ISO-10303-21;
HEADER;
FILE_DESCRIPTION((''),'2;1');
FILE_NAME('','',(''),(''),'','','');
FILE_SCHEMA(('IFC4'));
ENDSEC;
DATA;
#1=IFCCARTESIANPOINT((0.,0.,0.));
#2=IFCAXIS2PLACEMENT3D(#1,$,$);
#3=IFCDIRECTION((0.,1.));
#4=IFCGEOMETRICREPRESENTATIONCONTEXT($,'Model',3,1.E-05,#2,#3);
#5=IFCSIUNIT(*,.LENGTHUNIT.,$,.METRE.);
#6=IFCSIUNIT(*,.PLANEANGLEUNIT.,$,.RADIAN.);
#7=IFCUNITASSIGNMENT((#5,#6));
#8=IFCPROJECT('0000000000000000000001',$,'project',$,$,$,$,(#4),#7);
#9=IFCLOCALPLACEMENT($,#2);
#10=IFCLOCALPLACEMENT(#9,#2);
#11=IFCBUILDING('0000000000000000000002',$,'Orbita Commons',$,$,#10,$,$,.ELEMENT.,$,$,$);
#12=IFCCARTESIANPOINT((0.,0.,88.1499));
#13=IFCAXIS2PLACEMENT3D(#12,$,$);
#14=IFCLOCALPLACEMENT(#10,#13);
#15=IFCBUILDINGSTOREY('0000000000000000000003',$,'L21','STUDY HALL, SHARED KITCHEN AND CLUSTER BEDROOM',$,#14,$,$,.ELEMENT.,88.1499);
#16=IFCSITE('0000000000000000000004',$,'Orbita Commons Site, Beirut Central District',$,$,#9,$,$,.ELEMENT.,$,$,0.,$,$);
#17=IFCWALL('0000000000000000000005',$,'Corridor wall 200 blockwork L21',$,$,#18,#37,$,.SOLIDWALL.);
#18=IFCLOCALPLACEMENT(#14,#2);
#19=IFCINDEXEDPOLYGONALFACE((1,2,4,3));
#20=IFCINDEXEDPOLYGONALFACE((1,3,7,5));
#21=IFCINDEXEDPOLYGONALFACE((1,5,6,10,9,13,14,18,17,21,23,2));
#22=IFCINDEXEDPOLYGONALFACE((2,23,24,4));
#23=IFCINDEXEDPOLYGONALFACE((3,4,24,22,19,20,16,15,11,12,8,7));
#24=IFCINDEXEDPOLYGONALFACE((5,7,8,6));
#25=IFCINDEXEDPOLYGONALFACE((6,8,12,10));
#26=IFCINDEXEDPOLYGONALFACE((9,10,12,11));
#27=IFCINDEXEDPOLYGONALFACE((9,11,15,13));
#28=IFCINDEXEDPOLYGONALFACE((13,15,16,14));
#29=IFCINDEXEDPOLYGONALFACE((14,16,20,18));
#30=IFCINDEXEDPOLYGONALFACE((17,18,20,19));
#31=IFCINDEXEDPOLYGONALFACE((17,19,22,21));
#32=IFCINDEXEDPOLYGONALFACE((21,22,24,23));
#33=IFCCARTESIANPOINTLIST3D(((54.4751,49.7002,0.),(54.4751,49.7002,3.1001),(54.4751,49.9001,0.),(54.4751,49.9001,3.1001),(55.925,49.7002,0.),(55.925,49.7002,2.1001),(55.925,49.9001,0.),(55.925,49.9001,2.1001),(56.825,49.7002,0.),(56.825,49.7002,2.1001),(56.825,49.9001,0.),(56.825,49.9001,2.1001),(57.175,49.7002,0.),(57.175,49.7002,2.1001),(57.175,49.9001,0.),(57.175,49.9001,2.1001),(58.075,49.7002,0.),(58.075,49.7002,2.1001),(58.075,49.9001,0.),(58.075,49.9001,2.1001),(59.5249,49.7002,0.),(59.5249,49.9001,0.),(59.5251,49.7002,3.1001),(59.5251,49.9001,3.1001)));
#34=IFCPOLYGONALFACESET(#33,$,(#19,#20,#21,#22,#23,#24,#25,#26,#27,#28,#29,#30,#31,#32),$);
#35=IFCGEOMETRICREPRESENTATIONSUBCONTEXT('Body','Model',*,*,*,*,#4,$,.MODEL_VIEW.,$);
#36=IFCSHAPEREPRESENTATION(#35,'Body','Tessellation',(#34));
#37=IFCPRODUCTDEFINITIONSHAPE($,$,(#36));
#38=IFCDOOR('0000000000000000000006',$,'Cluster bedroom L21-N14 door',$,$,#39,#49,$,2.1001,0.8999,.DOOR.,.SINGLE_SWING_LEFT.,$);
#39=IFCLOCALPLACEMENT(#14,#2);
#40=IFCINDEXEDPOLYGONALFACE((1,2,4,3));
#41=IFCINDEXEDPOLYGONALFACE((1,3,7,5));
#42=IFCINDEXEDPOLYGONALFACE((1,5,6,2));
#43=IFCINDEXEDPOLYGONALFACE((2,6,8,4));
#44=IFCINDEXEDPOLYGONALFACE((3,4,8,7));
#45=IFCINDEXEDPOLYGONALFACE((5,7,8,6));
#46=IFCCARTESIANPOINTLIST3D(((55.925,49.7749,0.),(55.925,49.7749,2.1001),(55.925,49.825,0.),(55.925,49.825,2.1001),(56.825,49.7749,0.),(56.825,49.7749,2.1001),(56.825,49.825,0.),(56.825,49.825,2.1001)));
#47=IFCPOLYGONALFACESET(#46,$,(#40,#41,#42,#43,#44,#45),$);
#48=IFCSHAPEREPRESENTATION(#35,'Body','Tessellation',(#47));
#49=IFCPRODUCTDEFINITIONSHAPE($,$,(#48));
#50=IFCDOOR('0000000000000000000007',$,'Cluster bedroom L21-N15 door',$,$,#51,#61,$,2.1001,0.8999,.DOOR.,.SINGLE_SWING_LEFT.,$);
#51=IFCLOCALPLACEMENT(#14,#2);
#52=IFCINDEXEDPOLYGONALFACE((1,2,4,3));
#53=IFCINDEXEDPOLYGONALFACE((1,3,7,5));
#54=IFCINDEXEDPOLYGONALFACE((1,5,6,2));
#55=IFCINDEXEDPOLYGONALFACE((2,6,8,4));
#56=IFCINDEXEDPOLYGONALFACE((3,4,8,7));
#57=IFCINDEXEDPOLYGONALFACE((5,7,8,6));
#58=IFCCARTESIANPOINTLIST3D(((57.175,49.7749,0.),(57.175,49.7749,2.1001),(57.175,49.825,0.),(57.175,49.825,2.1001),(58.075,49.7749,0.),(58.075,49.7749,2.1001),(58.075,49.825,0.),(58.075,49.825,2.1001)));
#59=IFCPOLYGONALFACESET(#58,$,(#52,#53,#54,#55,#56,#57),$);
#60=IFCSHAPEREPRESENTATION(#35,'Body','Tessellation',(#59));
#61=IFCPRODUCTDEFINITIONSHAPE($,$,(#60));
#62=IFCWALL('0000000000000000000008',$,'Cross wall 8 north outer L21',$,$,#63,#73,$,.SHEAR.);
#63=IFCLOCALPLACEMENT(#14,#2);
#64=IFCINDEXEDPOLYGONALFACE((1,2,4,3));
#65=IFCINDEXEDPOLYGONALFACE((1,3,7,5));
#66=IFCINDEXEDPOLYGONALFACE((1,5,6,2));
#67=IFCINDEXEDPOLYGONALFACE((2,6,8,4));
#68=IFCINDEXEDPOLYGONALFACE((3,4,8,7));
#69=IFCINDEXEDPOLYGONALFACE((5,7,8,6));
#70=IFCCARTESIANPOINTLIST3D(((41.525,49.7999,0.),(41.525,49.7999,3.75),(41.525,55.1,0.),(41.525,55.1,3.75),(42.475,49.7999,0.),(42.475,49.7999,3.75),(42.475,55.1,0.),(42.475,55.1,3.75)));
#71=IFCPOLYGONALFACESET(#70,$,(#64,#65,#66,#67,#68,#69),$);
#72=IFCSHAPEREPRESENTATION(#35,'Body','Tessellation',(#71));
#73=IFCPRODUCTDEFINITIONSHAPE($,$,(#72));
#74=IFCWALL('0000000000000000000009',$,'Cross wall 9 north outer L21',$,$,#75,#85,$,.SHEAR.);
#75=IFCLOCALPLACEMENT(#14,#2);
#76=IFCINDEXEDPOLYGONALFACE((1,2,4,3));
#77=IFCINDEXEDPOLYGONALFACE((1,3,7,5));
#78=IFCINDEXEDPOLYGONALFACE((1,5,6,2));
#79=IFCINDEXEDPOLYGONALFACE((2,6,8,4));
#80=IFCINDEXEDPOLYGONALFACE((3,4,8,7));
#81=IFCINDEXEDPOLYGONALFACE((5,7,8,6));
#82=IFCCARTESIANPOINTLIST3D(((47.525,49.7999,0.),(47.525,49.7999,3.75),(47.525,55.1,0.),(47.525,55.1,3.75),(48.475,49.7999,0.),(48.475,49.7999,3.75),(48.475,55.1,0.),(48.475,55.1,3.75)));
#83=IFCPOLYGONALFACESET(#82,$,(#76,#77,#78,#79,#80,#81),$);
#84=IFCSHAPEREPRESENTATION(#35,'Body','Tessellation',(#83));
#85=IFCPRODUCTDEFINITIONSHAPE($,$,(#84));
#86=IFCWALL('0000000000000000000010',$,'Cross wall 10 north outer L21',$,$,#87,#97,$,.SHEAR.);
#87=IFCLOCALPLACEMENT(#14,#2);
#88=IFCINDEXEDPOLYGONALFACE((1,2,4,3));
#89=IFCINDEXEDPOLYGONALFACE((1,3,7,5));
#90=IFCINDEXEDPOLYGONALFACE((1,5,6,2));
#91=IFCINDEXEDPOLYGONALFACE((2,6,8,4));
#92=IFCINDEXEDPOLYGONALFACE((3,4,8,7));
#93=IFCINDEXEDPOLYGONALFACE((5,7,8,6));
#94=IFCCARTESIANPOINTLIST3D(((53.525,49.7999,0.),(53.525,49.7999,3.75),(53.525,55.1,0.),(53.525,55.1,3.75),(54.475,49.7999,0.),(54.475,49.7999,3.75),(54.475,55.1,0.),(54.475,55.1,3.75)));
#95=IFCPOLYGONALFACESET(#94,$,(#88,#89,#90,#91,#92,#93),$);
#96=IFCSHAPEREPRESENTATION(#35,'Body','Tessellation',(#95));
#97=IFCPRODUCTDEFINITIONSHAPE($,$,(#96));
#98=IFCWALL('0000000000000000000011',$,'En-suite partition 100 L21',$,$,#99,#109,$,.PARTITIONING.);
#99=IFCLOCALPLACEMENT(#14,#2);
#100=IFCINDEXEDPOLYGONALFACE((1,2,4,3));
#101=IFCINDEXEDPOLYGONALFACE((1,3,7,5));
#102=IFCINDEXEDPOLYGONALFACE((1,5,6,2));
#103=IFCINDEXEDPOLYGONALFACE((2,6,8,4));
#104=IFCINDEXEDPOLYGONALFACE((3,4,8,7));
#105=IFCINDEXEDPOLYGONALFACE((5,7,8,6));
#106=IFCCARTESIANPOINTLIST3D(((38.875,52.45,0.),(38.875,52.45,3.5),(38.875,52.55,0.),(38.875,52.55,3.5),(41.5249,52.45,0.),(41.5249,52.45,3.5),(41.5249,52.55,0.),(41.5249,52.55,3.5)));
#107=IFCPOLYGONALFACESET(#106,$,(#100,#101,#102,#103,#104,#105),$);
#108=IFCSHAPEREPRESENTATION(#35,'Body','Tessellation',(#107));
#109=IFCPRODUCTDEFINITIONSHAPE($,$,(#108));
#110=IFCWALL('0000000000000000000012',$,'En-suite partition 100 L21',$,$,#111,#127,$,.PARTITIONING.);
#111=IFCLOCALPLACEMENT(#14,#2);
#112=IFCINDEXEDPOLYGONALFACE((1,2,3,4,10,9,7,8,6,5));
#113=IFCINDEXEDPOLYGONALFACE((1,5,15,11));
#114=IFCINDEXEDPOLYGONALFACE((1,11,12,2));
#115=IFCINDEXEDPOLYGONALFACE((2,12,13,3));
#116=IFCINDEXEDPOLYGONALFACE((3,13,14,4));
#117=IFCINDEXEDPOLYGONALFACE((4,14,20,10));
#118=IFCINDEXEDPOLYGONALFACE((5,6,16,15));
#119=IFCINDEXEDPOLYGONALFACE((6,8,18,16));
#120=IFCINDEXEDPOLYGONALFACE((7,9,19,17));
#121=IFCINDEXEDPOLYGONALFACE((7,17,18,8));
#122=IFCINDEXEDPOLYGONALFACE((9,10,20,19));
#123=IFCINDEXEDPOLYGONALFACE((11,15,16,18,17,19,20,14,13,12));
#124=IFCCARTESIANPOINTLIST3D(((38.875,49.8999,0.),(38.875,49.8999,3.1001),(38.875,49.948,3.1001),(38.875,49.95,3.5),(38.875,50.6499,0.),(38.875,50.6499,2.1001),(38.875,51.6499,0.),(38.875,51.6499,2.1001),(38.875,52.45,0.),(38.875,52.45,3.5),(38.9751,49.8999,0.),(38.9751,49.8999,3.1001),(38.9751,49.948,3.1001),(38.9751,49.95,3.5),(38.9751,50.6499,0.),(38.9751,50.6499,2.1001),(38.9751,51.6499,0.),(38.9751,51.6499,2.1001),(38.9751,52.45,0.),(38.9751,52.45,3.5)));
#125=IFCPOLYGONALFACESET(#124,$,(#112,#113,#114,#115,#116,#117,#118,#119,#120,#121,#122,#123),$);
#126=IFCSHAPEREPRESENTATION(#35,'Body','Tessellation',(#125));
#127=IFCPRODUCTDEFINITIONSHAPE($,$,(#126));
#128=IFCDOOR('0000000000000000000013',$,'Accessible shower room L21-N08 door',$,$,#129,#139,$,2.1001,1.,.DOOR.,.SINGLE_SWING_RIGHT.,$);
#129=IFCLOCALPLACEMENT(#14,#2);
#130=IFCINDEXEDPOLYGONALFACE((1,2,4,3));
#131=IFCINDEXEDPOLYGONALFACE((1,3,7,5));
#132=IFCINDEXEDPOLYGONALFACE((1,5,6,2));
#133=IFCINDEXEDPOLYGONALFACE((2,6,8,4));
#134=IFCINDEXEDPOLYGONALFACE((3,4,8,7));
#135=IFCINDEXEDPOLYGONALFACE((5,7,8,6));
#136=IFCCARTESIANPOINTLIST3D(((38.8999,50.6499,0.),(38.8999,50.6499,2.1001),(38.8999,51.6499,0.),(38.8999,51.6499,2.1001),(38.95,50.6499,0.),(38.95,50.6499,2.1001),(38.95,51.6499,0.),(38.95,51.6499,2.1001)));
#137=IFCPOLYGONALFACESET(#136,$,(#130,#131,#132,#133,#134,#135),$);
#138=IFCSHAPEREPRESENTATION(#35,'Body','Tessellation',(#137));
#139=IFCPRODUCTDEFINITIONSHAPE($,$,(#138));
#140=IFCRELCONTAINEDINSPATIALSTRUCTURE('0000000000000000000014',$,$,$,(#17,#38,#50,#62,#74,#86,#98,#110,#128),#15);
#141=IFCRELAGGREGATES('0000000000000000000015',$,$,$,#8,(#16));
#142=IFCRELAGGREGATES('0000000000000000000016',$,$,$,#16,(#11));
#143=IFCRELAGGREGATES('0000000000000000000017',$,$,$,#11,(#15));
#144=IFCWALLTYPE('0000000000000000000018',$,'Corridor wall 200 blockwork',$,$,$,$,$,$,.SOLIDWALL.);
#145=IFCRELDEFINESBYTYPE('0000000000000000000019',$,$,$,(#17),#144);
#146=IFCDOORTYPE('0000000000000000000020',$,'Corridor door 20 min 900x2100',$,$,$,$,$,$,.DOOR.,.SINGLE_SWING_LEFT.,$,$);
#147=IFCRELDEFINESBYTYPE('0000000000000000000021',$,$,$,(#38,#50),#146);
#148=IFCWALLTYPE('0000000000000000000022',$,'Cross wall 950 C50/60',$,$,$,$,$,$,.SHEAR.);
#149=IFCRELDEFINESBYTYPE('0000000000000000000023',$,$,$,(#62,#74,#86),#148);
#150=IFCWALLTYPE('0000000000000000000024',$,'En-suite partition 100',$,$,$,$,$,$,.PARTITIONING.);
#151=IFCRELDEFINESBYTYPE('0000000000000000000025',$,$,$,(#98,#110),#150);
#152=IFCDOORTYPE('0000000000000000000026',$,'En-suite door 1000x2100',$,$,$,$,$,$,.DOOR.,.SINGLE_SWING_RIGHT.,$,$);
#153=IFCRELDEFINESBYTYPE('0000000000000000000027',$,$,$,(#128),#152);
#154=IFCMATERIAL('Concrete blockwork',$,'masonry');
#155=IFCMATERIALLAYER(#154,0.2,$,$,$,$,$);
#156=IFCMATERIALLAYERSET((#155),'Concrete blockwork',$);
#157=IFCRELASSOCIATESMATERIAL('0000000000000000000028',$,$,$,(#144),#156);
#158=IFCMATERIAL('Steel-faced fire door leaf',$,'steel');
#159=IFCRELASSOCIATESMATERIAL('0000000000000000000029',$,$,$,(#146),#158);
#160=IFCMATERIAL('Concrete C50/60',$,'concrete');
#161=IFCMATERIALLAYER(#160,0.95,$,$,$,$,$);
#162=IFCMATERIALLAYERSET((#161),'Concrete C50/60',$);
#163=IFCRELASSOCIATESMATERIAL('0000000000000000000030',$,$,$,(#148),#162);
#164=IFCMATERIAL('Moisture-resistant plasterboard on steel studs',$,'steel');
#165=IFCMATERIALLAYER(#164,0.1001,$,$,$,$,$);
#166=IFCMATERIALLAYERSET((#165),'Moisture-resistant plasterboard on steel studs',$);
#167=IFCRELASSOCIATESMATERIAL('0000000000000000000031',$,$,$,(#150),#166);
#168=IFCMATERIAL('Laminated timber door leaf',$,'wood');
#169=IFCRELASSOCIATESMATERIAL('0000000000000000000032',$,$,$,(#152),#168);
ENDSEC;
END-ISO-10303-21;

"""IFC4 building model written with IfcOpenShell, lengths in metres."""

from ifc_helpers import new_model, si_unit, direction, frame, frame_2d, origin, place, context, subcontext, project, spatial, polyline, rectangle, outline, extrude, material, layer, layer_set, type_object, element, fill, save


model = new_model("IFC4")

# Units and contexts
model_context = context("Model", 3, precision=1e-05, world=origin(), true_north=direction((0.0, 1.0)))
body_context = subcontext(model_context, "Body", "Model", "MODEL_VIEW")
ifc_project = project(units=[si_unit("LENGTHUNIT", "METRE"), si_unit("PLANEANGLEUNIT", "RADIAN")], contexts=[model_context])

# Site, building, storey
site_placement = place(None, origin())
site = spatial("IfcSite", under=ifc_project, at=site_placement, Name="Orbita Commons Site, Beirut Central District", CompositionType="ELEMENT", RefElevation=0.0)
building_placement = place(site_placement, origin())
building = spatial("IfcBuilding", under=site, at=building_placement, Name="Orbita Commons", CompositionType="ELEMENT")
storey_placement = place(building_placement, frame((0.0, 0.0, 88.1499)))
storey = spatial("IfcBuildingStorey", under=building, at=storey_placement, Name="L21", Description="STUDY HALL, SHARED KITCHEN AND CLUSTER BEDROOM", CompositionType="ELEMENT", Elevation=88.1499)

# Shared definitions
ifc_material_1 = material(Name="Concrete blockwork", Category="masonry")
ifc_layer_1 = layer(ifc_material_1, 0.2)
ifc_layer_set_1 = layer_set([ifc_layer_1], Name="Concrete blockwork")
wall_type_1 = type_object("IfcWallType", Name="Corridor wall 200 blockwork", PredefinedType="SOLIDWALL", material=ifc_layer_set_1)

# Wall, openings, doors
wall_1_placement = place(storey_placement, frame((54.4751, 49.8, 0.0), z_axis=(0.0, 0.0, 1.0), x_axis=(1.0, 0.0, 0.0)))
wall_1 = element("IfcWall", 1, at=wall_1_placement, inside=storey, type_object=wall_type_1, Name="Corridor wall 200 blockwork L21", PredefinedType="SOLIDWALL", context=body_context, shape_type="SweptSolid", body=[
    extrude(outline(polyline([(0.0, 0.0), (5.0498, 0.0), (5.05, 3.1001), (0.0, 3.1001), (0.0, 0.0)])), frame((0.0, 0.1001, 0.0), z_axis=(0.0, -1.0, 0.0), x_axis=(1.0, 0.0, 0.0)), (0.0, 0.0, 1.0), 0.2),
])
opening_1_placement = place(wall_1_placement, frame((1.45, 0.0, 0.0)))
opening_1 = element("IfcOpeningElement", 2, at=opening_1_placement, cuts=wall_1, PredefinedType="OPENING", context=body_context, shape_type="SweptSolid", body=[
    extrude(rectangle(XDim=0.8999, YDim=2.1001, at=frame_2d((0.45, 1.05))), frame((0.0, 0.1099, 0.0), z_axis=(0.0, -1.0, 0.0), x_axis=(1.0, 0.0, 0.0)), (0.0, 0.0, 1.0), 0.22),
])
opening_2_placement = place(wall_1_placement, frame((2.7, 0.0, 0.0)))
opening_2 = element("IfcOpeningElement", 3, at=opening_2_placement, cuts=wall_1, PredefinedType="OPENING", context=body_context, shape_type="SweptSolid", body=[
    extrude(rectangle(XDim=0.8999, YDim=2.1001, at=frame_2d((0.45, 1.05))), frame((0.0, 0.1099, 0.0), z_axis=(0.0, -1.0, 0.0), x_axis=(1.0, 0.0, 0.0)), (0.0, 0.0, 1.0), 0.22),
])
ifc_material_2 = material(Name="Steel-faced fire door leaf", Category="steel")
door_type_1 = type_object("IfcDoorType", Name="Corridor door 20 min 900x2100", OperationType="SINGLE_SWING_LEFT", PredefinedType="DOOR", material=ifc_material_2)
door_1_placement = place(opening_1_placement, origin())
door_1 = element("IfcDoor", 4, at=door_1_placement, inside=storey, type_object=door_type_1, Name="Cluster bedroom L21-N14 door", OperationType="SINGLE_SWING_LEFT", OverallHeight=2.1001, OverallWidth=0.8999, PredefinedType="DOOR", context=body_context, shape_type="SweptSolid", body=[
    extrude(rectangle(XDim=0.8999, YDim=2.1001, at=frame_2d((0.45, 1.05))), frame((0.0, 0.0249, 0.0), z_axis=(0.0, -1.0, 0.0), x_axis=(1.0, 0.0, 0.0)), (0.0, 0.0, 1.0), 0.05),
])
fill(opening_1, door_1)
door_2_placement = place(opening_2_placement, origin())
door_2 = element("IfcDoor", 5, at=door_2_placement, inside=storey, type_object=door_type_1, Name="Cluster bedroom L21-N15 door", OperationType="SINGLE_SWING_LEFT", OverallHeight=2.1001, OverallWidth=0.8999, PredefinedType="DOOR", context=body_context, shape_type="SweptSolid", body=[
    extrude(rectangle(XDim=0.8999, YDim=2.1001, at=frame_2d((0.45, 1.05))), frame((0.0, 0.0249, 0.0), z_axis=(0.0, -1.0, 0.0), x_axis=(1.0, 0.0, 0.0)), (0.0, 0.0, 1.0), 0.05),
])
fill(opening_2, door_2)

# Walls
ifc_material_3 = material(Name="Concrete C50/60", Category="concrete")
ifc_layer_2 = layer(ifc_material_3, 0.95)
ifc_layer_set_2 = layer_set([ifc_layer_2], Name="Concrete C50/60")
wall_type_2 = type_object("IfcWallType", Name="Cross wall 950 C50/60", PredefinedType="SHEAR", material=ifc_layer_set_2)
for number, where, z_axis, x_axis, name in (
    (6, (42.0, 49.8, 0.0), (0.0, 0.0, 1.0), (0.0, 1.0, 0.0), "Cross wall 8 north outer L21"),
    (7, (48.0, 49.8, 0.0), (0.0, 0.0, 1.0), (0.0, 1.0, 0.0), "Cross wall 9 north outer L21"),
    (8, (54.0, 49.8, 0.0), (0.0, 0.0, 1.0), (0.0, 1.0, 0.0), "Cross wall 10 north outer L21"),
):
    element("IfcWall", number, at=place(storey_placement, frame(where, z_axis=z_axis, x_axis=x_axis)), inside=storey, type_object=wall_type_2, Name=name, PredefinedType="SHEAR", context=body_context, shape_type="SweptSolid", body=[
        extrude(rectangle(XDim=5.3, YDim=0.95, at=frame_2d((2.6499, 0.0))), origin(), (0.0, 0.0, 1.0), 3.75),
    ])
ifc_material_4 = material(Name="Moisture-resistant plasterboard on steel studs", Category="steel")
ifc_layer_3 = layer(ifc_material_4, 0.1001)
ifc_layer_set_3 = layer_set([ifc_layer_3], Name="Moisture-resistant plasterboard on steel studs")
wall_type_3 = type_object("IfcWallType", Name="En-suite partition 100", PredefinedType="PARTITIONING", material=ifc_layer_set_3)
wall_2_placement = place(storey_placement, frame((38.875, 52.5, 0.0), z_axis=(0.0, 0.0, 1.0), x_axis=(1.0, 0.0, 0.0)))
element("IfcWall", 9, at=wall_2_placement, inside=storey, type_object=wall_type_3, Name="En-suite partition 100 L21", PredefinedType="PARTITIONING", context=body_context, shape_type="SweptSolid", body=[
    extrude(rectangle(XDim=2.6499, YDim=0.1001, at=frame_2d((1.325, 0.0))), origin(), (0.0, 0.0, 1.0), 3.5),
])

# Wall, opening, door
wall_3_placement = place(storey_placement, frame((38.925, 52.45, 0.0), z_axis=(0.0, 0.0, 1.0), x_axis=(0.0, -1.0, 0.0)))
wall_3 = element("IfcWall", 10, at=wall_3_placement, inside=storey, type_object=wall_type_3, Name="En-suite partition 100 L21", PredefinedType="PARTITIONING", context=body_context, shape_type="SweptSolid", body=[
    extrude(outline(polyline([(0.0, 0.0), (2.55, 0.0), (2.55, 3.1001), (2.502, 3.1001), (2.5, 3.5), (0.0, 3.5), (0.0, 0.0)])), frame((0.0, 0.05, 0.0), z_axis=(0.0, -1.0, 0.0), x_axis=(1.0, 0.0, 0.0)), (0.0, 0.0, 1.0), 0.1001),
])
opening_3_placement = place(wall_3_placement, frame((0.8, 0.0, 0.0)))
opening_3 = element("IfcOpeningElement", 11, at=opening_3_placement, cuts=wall_3, PredefinedType="OPENING", context=body_context, shape_type="SweptSolid", body=[
    extrude(rectangle(XDim=1.0, YDim=2.1001, at=frame_2d((0.5, 1.05))), frame((0.0, 0.0601, 0.0), z_axis=(0.0, -1.0, 0.0), x_axis=(1.0, 0.0, 0.0)), (0.0, 0.0, 1.0), 0.1201),
])
ifc_material_5 = material(Name="Laminated timber door leaf", Category="wood")
door_type_2 = type_object("IfcDoorType", Name="En-suite door 1000x2100", OperationType="SINGLE_SWING_RIGHT", PredefinedType="DOOR", material=ifc_material_5)
door_3_placement = place(opening_3_placement, origin())
door_3 = element("IfcDoor", 12, at=door_3_placement, inside=storey, type_object=door_type_2, Name="Accessible shower room L21-N08 door", OperationType="SINGLE_SWING_RIGHT", OverallHeight=2.1001, OverallWidth=1.0, PredefinedType="DOOR", context=body_context, shape_type="SweptSolid", body=[
    extrude(rectangle(XDim=1.0, YDim=2.1001, at=frame_2d((0.5, 1.05))), frame((0.0, 0.0249, 0.0), z_axis=(0.0, -1.0, 0.0), x_axis=(1.0, 0.0, 0.0)), (0.0, 0.0, 1.0), 0.05),
])
fill(opening_3, door_3)

save(model, "model.ifc")
